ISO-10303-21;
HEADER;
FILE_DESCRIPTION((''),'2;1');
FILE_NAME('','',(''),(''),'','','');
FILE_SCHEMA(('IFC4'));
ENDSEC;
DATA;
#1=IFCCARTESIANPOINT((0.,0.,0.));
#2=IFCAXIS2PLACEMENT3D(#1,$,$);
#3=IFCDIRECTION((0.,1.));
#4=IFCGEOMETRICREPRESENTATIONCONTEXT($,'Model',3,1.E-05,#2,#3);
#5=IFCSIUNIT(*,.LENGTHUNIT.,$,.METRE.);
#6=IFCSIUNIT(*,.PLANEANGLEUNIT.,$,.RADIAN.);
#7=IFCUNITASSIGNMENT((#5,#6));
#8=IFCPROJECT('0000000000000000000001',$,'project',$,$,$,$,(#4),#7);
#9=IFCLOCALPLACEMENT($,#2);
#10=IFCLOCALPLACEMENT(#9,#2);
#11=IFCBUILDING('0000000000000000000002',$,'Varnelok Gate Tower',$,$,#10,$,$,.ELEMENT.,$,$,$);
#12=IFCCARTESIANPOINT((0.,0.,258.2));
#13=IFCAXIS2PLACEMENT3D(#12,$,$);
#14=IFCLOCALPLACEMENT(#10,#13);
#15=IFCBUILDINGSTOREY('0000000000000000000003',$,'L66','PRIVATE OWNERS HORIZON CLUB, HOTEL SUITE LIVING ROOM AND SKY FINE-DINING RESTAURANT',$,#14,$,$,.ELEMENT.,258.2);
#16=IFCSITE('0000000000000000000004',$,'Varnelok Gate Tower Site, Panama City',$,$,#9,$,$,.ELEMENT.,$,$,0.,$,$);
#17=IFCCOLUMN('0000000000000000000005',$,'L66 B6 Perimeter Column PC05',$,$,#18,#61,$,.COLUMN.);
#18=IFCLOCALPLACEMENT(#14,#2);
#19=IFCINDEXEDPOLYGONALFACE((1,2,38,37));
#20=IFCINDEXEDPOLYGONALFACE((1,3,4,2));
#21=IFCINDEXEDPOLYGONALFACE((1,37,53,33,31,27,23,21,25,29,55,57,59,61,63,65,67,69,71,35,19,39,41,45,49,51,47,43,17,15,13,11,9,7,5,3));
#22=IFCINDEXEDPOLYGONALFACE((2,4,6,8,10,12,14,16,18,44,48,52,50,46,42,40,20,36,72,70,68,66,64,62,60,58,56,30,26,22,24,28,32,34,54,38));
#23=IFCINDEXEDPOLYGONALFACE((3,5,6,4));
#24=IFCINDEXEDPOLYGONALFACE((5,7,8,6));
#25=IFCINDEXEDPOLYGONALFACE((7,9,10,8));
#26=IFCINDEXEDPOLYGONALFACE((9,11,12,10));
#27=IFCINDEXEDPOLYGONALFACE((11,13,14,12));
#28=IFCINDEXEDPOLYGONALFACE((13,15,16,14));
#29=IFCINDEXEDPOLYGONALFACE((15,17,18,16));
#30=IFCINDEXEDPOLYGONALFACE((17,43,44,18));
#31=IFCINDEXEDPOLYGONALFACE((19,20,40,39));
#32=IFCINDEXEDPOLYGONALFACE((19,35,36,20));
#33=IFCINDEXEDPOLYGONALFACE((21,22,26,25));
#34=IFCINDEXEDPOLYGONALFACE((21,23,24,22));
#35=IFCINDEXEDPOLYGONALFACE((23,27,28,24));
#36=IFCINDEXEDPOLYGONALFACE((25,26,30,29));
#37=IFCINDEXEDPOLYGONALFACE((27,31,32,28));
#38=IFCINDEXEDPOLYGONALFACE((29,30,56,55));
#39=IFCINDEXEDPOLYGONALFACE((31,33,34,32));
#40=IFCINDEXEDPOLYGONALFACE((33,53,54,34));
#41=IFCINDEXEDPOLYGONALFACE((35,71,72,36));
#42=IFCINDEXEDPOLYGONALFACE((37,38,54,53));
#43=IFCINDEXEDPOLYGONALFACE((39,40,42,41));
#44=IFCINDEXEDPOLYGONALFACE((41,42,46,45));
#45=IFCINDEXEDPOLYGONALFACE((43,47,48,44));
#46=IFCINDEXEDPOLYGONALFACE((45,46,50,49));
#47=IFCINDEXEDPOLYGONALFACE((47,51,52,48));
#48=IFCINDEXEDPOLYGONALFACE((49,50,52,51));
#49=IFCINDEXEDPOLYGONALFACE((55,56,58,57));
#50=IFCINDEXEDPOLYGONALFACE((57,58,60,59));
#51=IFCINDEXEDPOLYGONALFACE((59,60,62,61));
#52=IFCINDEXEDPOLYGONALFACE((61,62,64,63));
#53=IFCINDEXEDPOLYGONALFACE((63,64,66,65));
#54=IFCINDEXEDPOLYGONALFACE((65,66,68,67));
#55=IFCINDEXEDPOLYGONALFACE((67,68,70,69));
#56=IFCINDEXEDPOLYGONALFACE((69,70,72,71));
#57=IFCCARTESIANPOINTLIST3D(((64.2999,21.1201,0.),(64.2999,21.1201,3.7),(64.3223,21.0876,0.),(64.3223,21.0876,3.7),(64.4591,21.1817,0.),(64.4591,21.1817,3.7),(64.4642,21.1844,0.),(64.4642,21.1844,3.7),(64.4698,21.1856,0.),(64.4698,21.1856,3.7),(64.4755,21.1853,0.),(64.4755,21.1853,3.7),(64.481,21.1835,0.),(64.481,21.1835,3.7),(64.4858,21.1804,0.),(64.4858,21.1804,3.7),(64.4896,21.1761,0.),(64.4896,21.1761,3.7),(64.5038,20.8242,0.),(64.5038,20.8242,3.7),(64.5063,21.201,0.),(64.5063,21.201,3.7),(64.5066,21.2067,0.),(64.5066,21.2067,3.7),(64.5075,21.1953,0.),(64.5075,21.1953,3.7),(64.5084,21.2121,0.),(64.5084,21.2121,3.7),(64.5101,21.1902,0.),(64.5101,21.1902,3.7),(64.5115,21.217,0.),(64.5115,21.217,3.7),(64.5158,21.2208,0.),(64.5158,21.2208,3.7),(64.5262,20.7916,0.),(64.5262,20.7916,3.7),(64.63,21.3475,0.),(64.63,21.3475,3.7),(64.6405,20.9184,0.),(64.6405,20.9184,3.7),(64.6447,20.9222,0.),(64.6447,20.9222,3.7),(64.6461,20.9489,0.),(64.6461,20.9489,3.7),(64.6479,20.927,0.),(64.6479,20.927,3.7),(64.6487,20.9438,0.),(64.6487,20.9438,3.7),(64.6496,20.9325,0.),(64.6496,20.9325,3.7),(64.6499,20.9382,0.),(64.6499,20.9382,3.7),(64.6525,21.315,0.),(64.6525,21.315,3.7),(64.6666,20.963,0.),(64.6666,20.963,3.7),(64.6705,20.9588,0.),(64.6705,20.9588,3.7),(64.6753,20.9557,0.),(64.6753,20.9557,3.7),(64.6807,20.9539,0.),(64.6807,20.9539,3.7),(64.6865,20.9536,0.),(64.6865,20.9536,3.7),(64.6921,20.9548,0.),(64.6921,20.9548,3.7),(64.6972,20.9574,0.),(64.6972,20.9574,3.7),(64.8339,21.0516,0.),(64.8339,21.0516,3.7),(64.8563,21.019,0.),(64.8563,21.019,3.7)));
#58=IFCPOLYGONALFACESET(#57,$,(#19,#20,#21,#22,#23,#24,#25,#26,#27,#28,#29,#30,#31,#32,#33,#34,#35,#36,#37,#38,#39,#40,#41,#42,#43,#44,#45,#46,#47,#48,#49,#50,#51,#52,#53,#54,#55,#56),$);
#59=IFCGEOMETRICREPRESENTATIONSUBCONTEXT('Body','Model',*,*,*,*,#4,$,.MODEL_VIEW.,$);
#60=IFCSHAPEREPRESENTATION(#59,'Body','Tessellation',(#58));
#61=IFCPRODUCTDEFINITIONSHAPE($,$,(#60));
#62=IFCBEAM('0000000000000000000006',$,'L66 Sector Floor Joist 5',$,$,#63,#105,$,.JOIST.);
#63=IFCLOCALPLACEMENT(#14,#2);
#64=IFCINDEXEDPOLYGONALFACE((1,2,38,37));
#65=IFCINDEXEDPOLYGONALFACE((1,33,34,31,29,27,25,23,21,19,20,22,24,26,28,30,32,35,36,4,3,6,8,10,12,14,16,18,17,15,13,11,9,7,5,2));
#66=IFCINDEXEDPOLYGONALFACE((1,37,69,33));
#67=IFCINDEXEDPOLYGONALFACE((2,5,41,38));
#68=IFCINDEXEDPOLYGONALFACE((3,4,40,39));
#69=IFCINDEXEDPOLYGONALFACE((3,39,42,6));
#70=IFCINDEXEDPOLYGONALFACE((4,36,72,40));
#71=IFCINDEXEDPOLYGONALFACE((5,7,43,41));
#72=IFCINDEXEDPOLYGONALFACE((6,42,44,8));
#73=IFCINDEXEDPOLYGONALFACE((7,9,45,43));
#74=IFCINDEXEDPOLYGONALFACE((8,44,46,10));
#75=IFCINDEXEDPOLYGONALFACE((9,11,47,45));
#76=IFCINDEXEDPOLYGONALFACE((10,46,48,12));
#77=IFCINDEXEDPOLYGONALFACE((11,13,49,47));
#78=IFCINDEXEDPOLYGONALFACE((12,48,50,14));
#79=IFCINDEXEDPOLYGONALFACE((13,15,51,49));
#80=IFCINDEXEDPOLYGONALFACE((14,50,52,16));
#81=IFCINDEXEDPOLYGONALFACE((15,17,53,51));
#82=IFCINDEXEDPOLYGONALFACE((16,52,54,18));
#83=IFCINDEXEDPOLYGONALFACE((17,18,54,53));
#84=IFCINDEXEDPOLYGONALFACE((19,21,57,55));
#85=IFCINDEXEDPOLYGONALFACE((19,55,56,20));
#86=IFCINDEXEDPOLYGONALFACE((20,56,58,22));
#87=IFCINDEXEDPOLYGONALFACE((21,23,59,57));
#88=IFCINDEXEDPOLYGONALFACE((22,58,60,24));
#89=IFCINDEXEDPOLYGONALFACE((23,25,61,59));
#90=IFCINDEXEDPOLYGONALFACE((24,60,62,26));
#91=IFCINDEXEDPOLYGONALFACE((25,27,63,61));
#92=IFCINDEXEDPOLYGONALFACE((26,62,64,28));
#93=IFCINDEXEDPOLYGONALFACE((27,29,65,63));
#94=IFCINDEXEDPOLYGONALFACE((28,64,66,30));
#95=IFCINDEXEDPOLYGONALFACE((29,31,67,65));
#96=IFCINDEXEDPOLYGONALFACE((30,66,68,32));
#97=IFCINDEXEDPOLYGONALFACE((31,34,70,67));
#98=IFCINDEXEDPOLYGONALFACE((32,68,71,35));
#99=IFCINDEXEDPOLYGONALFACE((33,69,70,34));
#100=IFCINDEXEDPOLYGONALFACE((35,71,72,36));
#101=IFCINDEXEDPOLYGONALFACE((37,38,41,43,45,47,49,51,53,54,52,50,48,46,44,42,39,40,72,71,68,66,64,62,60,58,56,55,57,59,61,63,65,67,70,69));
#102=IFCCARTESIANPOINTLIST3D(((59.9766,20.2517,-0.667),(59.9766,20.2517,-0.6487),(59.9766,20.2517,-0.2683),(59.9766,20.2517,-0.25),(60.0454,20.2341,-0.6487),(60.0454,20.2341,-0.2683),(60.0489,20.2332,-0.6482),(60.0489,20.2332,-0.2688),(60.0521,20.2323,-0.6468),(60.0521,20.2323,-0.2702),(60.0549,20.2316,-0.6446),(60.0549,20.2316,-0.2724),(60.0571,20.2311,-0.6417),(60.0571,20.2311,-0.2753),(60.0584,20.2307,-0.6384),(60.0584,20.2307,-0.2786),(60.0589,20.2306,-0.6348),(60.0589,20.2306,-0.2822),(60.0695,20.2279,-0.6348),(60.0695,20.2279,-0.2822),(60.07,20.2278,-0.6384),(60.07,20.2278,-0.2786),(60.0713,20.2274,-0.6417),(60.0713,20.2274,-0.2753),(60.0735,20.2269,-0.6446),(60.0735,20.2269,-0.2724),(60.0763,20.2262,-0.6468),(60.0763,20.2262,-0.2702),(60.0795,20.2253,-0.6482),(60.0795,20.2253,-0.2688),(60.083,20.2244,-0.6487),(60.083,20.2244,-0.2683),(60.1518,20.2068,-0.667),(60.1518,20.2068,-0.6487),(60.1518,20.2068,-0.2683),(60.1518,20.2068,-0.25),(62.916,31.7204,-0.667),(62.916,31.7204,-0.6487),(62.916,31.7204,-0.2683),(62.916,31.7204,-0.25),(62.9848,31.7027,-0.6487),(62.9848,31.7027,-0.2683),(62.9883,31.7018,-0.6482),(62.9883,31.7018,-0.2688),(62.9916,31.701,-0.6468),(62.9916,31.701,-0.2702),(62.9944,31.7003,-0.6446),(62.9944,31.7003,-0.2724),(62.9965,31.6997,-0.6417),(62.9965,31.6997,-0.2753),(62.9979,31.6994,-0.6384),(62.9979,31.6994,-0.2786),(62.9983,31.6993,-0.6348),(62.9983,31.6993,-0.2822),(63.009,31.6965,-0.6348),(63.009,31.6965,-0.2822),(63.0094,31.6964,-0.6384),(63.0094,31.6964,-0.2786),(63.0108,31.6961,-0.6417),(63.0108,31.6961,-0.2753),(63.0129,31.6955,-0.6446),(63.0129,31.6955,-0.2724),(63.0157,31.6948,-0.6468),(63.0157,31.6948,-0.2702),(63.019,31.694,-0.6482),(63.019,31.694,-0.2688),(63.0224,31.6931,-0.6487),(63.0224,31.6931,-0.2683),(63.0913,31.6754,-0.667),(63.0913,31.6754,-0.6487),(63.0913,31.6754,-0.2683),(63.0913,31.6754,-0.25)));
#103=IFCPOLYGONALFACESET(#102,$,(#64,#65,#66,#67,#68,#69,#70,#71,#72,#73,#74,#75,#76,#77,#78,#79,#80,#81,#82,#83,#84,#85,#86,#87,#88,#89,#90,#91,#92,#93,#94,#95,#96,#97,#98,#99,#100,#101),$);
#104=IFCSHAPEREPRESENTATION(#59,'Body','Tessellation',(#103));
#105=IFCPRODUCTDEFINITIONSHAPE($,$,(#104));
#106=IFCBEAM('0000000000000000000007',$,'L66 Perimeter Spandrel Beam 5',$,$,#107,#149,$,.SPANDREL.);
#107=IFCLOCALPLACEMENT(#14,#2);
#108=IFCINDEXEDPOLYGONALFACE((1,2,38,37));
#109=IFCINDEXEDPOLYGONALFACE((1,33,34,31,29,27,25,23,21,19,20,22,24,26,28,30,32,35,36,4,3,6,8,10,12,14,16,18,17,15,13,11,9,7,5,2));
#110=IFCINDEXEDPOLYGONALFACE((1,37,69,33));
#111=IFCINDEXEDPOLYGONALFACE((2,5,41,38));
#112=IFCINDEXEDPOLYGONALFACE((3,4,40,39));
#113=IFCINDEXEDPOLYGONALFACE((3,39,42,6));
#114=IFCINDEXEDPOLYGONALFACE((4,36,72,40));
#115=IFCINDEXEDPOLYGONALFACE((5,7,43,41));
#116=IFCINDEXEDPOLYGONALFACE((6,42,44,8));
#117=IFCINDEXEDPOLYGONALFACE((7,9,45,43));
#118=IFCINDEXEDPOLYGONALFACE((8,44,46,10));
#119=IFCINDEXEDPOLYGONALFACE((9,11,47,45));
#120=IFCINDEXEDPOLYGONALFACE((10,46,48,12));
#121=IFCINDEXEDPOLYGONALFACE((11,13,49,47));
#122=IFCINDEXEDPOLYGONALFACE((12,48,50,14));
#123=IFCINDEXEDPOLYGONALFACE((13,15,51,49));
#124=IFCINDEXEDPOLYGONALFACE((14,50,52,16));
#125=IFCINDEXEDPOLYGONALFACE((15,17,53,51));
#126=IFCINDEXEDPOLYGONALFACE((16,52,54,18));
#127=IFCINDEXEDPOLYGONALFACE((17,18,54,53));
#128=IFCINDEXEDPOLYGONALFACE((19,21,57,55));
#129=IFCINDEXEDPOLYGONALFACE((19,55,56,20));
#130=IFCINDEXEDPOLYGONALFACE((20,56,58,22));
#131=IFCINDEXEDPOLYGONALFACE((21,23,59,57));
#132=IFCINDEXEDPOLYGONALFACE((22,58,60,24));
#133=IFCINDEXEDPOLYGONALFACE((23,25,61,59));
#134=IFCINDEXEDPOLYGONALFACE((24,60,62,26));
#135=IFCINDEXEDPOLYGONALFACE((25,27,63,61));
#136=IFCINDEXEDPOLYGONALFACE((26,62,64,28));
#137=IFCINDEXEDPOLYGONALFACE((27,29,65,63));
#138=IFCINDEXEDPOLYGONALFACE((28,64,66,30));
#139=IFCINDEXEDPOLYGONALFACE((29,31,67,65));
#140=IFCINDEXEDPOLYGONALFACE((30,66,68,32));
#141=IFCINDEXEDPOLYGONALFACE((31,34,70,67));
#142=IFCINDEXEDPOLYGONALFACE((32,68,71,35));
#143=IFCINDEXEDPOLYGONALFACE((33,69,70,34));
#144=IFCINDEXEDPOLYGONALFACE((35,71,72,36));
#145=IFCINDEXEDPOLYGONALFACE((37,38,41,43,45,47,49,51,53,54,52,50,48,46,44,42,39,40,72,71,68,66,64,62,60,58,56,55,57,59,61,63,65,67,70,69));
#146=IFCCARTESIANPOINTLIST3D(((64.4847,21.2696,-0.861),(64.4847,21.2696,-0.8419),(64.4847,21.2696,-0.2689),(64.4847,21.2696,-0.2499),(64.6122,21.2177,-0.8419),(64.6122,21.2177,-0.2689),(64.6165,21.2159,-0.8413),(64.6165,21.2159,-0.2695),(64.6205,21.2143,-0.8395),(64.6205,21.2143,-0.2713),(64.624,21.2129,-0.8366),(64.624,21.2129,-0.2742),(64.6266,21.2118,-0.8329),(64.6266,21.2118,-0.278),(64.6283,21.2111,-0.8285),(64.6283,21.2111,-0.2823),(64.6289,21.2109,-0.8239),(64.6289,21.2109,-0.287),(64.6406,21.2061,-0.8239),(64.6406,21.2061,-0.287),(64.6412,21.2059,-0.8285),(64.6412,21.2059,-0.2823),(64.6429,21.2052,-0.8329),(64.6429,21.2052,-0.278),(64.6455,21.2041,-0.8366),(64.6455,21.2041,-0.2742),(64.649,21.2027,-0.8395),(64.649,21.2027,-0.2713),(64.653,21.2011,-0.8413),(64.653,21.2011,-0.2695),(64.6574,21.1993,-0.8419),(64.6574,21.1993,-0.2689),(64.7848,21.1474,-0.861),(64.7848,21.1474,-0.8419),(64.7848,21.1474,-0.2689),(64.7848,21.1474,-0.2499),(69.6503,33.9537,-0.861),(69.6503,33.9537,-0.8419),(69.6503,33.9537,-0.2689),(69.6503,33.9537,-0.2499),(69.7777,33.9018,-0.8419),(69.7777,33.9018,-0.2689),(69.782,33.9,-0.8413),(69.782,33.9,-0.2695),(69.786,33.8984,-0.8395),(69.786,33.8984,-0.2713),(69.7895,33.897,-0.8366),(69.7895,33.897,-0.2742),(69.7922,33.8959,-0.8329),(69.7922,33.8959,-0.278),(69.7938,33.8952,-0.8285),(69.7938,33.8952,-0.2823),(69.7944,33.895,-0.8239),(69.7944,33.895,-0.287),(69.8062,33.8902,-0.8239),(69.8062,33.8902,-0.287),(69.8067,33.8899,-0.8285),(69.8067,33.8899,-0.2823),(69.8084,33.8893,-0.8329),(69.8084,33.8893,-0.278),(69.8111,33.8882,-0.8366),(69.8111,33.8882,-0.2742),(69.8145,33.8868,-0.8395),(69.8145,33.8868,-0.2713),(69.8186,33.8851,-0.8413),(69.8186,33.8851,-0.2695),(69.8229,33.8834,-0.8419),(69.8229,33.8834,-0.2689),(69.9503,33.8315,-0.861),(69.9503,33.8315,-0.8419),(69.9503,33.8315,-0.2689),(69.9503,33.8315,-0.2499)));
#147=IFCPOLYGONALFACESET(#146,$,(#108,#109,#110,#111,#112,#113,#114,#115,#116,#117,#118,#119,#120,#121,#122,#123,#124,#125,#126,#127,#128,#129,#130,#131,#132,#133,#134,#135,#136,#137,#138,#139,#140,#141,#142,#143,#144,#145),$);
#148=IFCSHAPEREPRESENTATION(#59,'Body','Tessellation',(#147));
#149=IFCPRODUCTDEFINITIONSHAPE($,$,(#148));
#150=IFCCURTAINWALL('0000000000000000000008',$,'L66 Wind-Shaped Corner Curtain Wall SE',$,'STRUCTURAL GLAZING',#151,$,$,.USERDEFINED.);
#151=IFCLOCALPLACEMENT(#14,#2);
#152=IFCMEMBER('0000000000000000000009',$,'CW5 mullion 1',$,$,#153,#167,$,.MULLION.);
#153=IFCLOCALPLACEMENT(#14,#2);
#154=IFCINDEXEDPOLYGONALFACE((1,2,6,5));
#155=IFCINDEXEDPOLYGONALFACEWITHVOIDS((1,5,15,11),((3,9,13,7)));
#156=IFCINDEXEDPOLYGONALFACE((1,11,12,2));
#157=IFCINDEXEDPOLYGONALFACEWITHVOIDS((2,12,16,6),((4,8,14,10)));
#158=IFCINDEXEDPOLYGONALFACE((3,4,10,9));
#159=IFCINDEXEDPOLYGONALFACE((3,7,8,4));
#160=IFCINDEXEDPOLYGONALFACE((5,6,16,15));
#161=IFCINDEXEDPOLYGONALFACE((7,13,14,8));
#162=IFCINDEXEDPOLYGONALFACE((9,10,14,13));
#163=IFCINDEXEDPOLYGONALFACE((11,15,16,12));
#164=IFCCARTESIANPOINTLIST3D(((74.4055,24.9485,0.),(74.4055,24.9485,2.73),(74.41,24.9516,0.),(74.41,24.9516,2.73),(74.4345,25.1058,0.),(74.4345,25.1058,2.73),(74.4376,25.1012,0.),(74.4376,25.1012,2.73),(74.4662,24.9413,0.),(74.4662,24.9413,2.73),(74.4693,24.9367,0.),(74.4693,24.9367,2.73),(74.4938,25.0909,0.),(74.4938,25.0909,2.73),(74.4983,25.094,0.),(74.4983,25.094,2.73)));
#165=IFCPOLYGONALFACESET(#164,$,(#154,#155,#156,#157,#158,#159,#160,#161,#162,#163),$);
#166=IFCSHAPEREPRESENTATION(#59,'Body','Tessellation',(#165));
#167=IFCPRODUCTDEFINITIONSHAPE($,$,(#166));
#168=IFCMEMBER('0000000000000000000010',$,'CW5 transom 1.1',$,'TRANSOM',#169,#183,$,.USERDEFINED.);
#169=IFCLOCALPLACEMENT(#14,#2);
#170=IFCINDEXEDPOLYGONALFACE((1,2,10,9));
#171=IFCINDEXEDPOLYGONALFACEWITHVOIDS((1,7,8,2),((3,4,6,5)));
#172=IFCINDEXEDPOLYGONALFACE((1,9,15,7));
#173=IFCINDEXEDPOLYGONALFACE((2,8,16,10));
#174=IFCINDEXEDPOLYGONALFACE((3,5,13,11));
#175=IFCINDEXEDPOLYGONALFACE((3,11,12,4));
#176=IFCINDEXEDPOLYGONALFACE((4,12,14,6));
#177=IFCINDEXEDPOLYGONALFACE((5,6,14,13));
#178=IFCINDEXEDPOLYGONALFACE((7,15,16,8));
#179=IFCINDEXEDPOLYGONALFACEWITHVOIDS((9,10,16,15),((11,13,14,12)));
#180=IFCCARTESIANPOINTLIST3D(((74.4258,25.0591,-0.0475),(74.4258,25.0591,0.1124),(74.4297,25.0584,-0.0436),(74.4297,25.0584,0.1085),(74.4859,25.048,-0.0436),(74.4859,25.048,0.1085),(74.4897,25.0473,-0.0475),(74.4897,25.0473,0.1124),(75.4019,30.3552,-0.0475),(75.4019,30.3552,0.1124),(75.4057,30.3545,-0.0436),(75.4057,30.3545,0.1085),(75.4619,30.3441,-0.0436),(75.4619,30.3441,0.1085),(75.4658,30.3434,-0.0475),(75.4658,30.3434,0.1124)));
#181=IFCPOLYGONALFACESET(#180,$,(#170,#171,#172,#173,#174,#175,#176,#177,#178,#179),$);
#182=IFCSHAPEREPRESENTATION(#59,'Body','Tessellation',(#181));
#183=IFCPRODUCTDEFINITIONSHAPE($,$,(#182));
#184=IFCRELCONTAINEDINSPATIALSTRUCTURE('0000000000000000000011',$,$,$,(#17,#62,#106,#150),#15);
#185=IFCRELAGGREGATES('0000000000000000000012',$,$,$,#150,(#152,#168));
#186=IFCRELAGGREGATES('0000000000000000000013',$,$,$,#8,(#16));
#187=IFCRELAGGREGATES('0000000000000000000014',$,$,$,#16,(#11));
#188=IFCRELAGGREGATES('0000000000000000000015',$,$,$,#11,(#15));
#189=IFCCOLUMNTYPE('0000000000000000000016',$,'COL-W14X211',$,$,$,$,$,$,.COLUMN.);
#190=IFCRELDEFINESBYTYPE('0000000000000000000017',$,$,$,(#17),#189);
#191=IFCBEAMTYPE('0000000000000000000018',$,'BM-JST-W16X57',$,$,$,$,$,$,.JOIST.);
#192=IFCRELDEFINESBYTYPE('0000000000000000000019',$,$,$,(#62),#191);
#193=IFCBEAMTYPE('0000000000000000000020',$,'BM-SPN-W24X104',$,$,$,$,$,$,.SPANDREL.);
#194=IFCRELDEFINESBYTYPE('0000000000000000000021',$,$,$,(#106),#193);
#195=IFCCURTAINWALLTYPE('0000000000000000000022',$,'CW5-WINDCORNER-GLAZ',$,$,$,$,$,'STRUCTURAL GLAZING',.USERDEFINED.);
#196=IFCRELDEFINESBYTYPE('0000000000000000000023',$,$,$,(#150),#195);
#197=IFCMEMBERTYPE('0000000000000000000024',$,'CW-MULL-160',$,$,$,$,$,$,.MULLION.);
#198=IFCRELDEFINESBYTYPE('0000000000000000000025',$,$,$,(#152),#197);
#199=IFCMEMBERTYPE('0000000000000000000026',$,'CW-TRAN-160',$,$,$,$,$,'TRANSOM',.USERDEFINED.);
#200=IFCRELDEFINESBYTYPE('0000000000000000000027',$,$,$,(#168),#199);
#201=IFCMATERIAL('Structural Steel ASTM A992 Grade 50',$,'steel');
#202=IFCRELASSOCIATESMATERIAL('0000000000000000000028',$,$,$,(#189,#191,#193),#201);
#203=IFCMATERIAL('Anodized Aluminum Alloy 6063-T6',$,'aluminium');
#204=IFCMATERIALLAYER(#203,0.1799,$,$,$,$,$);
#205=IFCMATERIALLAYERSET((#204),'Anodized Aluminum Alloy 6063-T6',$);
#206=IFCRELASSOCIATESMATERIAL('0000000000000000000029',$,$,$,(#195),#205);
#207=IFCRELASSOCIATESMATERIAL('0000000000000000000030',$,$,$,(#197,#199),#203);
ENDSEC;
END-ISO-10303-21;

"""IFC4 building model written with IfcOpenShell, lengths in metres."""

from ifc_helpers import new_model, si_unit, direction, frame, origin, origin_2d, place, context, subcontext, project, spatial, hollow_rectangle, i_section, extrude, material, layer, layer_set, material_profile, profile_set, type_object, element, aggregate, save


model = new_model("IFC4")

# Units and contexts
model_context = context("Model", 3, precision=1e-05, world=origin(), true_north=direction((0.0, 1.0)))
body_context = subcontext(model_context, "Body", "Model", "MODEL_VIEW")
ifc_project = project(units=[si_unit("LENGTHUNIT", "METRE"), si_unit("PLANEANGLEUNIT", "RADIAN")], contexts=[model_context])

# Site, building, storey
site_placement = place(None, origin())
site = spatial("IfcSite", under=ifc_project, at=site_placement, Name="Varnelok Gate Tower Site, Panama City", CompositionType="ELEMENT", RefElevation=0.0)
building_placement = place(site_placement, origin())
building = spatial("IfcBuilding", under=site, at=building_placement, Name="Varnelok Gate Tower", CompositionType="ELEMENT")
storey_placement = place(building_placement, frame((0.0, 0.0, 258.2)))
storey = spatial("IfcBuildingStorey", under=building, at=storey_placement, Name="L66", Description="PRIVATE OWNERS HORIZON CLUB, HOTEL SUITE LIVING ROOM AND SKY FINE-DINING RESTAURANT", CompositionType="ELEMENT", Elevation=258.2)

# Column
ifc_material_1 = material(Name="Structural Steel ASTM A992 Grade 50", Category="steel")
ifc_material_profile_1 = material_profile(ifc_material_1, i_section(OverallWidth=0.4009, OverallDepth=0.3989, WebThickness=0.0249, FlangeThickness=0.0396, FilletRadius=0.022, at=origin_2d()), Name="W14X211")
ifc_profile_set_1 = profile_set([ifc_material_profile_1], Name="Structural Steel ASTM A992 Grade 50")
column_type = type_object("IfcColumnType", Name="COL-W14X211", PredefinedType="COLUMN", material=ifc_profile_set_1)
column_placement = place(storey_placement, frame((64.5781, 21.0696, 0.0), z_axis=(0.0, 0.0, 1.0), x_axis=(0.823533, 0.567269, 0.0)))
element("IfcColumn", 1, at=column_placement, inside=storey, type_object=column_type, Name="L66 B6 Perimeter Column PC05", PredefinedType="COLUMN", context=body_context, shape_type="SweptSolid", body=[
    extrude(i_section(OverallWidth=0.4009, OverallDepth=0.3989, WebThickness=0.0249, FlangeThickness=0.0396, FilletRadius=0.022, at=origin_2d()), origin(), (0.0, 0.0, 1.0), 3.7),
])

# Beams
ifc_material_profile_2 = material_profile(ifc_material_1, i_section(OverallWidth=0.1809, OverallDepth=0.417, WebThickness=0.011, FlangeThickness=0.0183, FilletRadius=0.0139, at=origin_2d()), Name="W16X57")
ifc_profile_set_2 = profile_set([ifc_material_profile_2], Name="Structural Steel ASTM A992 Grade 50")
beam_type_1 = type_object("IfcBeamType", Name="BM-JST-W16X57", PredefinedType="JOIST", material=ifc_profile_set_2)
beam_1_placement = place(storey_placement, frame((60.0642, 20.2292, -0.4585), z_axis=(0.248276, 0.968689, 0.0), x_axis=(-0.968689, 0.248276, 0.0)))
element("IfcBeam", 2, at=beam_1_placement, inside=storey, type_object=beam_type_1, Name="L66 Sector Floor Joist 5", PredefinedType="JOIST", context=body_context, shape_type="SweptSolid", body=[
    extrude(i_section(OverallWidth=0.1809, OverallDepth=0.417, WebThickness=0.011, FlangeThickness=0.0183, FilletRadius=0.0139, at=origin_2d()), origin(), (0.0, 0.0, 1.0), 11.8394),
])
ifc_material_profile_3 = material_profile(ifc_material_1, i_section(OverallWidth=0.324, OverallDepth=0.6111, WebThickness=0.0127, FlangeThickness=0.019, FilletRadius=0.0181, at=origin_2d()), Name="W24X104")
ifc_profile_set_3 = profile_set([ifc_material_profile_3], Name="Structural Steel ASTM A992 Grade 50")
beam_type_2 = type_object("IfcBeamType", Name="BM-SPN-W24X104", PredefinedType="SPANDREL", material=ifc_profile_set_3)
beam_2_placement = place(storey_placement, frame((64.6348, 21.2085, -0.5554), z_axis=(0.377168, 0.926145, 0.0), x_axis=(-0.926145, 0.377168, 0.0)))
element("IfcBeam", 3, at=beam_2_placement, inside=storey, type_object=beam_type_2, Name="L66 Perimeter Spandrel Beam 5", PredefinedType="SPANDREL", context=body_context, shape_type="SweptSolid", body=[
    extrude(i_section(OverallWidth=0.324, OverallDepth=0.6111, WebThickness=0.0127, FlangeThickness=0.019, FilletRadius=0.0181, at=origin_2d()), origin(), (0.0, 0.0, 1.0), 13.6956),
])

# Curtain wall, members
ifc_material_2 = material(Name="Anodized Aluminum Alloy 6063-T6", Category="aluminium")
ifc_layer_1 = layer(ifc_material_2, 0.1799)
ifc_layer_set_1 = layer_set([ifc_layer_1], Name="Anodized Aluminum Alloy 6063-T6")
curtain_wall_type = type_object("IfcCurtainWallType", Name="CW5-WINDCORNER-GLAZ", ElementType="STRUCTURAL GLAZING", PredefinedType="USERDEFINED", material=ifc_layer_set_1)
curtain_wall_placement = place(storey_placement, origin())
curtain_wall = element("IfcCurtainWall", 4, at=curtain_wall_placement, inside=storey, type_object=curtain_wall_type, Name="L66 Wind-Shaped Corner Curtain Wall SE", ObjectType="STRUCTURAL GLAZING", PredefinedType="USERDEFINED")
ifc_material_profile_4 = material_profile(ifc_material_2, hollow_rectangle(XDim=0.0649, YDim=0.1599, WallThickness=0.0039, at=origin_2d()), Name="ALU160X65X4")
ifc_profile_set_4 = profile_set([ifc_material_profile_4], Name="Anodized Aluminum Alloy 6063-T6")
member_type_1 = type_object("IfcMemberType", Name="CW-MULL-160", PredefinedType="MULLION", material=ifc_profile_set_4)
member_1_placement = place(storey_placement, frame((74.4519, 25.0212, 0.0), z_axis=(0.0, 0.0, 1.0), x_axis=(-0.983446, 0.181202, 0.0)))
member_1 = element("IfcMember", 5, at=member_1_placement, type_object=member_type_1, Name="CW5 mullion 1", PredefinedType="MULLION", context=body_context, shape_type="SweptSolid", body=[
    extrude(hollow_rectangle(XDim=0.0649, YDim=0.1599, WallThickness=0.0039, at=origin_2d()), origin(), (0.0, 0.0, 1.0), 2.73),
])
ifc_material_profile_5 = material_profile(ifc_material_2, hollow_rectangle(XDim=0.0649, YDim=0.1599, WallThickness=0.0039, at=origin_2d()), Name="ALU160X65X4")
ifc_profile_set_5 = profile_set([ifc_material_profile_5], Name="Anodized Aluminum Alloy 6063-T6")
member_type_2 = type_object("IfcMemberType", Name="CW-TRAN-160", ElementType="TRANSOM", PredefinedType="USERDEFINED", material=ifc_profile_set_5)
member_2_placement = place(storey_placement, frame((74.4578, 25.0532, 0.0325), z_axis=(0.181247, 0.983438, 0.0), x_axis=(-0.983438, 0.181247, 0.0)))
member_2 = element("IfcMember", 6, at=member_2_placement, type_object=member_type_2, Name="CW5 transom 1.1", ObjectType="TRANSOM", PredefinedType="USERDEFINED", context=body_context, shape_type="SweptSolid", body=[
    extrude(hollow_rectangle(XDim=0.0649, YDim=0.1599, WallThickness=0.0039, at=origin_2d()), origin(), (0.0, 0.0, 1.0), 5.3853),
])
aggregate(curtain_wall, [member_1, member_2])

save(model, "model.ifc")
